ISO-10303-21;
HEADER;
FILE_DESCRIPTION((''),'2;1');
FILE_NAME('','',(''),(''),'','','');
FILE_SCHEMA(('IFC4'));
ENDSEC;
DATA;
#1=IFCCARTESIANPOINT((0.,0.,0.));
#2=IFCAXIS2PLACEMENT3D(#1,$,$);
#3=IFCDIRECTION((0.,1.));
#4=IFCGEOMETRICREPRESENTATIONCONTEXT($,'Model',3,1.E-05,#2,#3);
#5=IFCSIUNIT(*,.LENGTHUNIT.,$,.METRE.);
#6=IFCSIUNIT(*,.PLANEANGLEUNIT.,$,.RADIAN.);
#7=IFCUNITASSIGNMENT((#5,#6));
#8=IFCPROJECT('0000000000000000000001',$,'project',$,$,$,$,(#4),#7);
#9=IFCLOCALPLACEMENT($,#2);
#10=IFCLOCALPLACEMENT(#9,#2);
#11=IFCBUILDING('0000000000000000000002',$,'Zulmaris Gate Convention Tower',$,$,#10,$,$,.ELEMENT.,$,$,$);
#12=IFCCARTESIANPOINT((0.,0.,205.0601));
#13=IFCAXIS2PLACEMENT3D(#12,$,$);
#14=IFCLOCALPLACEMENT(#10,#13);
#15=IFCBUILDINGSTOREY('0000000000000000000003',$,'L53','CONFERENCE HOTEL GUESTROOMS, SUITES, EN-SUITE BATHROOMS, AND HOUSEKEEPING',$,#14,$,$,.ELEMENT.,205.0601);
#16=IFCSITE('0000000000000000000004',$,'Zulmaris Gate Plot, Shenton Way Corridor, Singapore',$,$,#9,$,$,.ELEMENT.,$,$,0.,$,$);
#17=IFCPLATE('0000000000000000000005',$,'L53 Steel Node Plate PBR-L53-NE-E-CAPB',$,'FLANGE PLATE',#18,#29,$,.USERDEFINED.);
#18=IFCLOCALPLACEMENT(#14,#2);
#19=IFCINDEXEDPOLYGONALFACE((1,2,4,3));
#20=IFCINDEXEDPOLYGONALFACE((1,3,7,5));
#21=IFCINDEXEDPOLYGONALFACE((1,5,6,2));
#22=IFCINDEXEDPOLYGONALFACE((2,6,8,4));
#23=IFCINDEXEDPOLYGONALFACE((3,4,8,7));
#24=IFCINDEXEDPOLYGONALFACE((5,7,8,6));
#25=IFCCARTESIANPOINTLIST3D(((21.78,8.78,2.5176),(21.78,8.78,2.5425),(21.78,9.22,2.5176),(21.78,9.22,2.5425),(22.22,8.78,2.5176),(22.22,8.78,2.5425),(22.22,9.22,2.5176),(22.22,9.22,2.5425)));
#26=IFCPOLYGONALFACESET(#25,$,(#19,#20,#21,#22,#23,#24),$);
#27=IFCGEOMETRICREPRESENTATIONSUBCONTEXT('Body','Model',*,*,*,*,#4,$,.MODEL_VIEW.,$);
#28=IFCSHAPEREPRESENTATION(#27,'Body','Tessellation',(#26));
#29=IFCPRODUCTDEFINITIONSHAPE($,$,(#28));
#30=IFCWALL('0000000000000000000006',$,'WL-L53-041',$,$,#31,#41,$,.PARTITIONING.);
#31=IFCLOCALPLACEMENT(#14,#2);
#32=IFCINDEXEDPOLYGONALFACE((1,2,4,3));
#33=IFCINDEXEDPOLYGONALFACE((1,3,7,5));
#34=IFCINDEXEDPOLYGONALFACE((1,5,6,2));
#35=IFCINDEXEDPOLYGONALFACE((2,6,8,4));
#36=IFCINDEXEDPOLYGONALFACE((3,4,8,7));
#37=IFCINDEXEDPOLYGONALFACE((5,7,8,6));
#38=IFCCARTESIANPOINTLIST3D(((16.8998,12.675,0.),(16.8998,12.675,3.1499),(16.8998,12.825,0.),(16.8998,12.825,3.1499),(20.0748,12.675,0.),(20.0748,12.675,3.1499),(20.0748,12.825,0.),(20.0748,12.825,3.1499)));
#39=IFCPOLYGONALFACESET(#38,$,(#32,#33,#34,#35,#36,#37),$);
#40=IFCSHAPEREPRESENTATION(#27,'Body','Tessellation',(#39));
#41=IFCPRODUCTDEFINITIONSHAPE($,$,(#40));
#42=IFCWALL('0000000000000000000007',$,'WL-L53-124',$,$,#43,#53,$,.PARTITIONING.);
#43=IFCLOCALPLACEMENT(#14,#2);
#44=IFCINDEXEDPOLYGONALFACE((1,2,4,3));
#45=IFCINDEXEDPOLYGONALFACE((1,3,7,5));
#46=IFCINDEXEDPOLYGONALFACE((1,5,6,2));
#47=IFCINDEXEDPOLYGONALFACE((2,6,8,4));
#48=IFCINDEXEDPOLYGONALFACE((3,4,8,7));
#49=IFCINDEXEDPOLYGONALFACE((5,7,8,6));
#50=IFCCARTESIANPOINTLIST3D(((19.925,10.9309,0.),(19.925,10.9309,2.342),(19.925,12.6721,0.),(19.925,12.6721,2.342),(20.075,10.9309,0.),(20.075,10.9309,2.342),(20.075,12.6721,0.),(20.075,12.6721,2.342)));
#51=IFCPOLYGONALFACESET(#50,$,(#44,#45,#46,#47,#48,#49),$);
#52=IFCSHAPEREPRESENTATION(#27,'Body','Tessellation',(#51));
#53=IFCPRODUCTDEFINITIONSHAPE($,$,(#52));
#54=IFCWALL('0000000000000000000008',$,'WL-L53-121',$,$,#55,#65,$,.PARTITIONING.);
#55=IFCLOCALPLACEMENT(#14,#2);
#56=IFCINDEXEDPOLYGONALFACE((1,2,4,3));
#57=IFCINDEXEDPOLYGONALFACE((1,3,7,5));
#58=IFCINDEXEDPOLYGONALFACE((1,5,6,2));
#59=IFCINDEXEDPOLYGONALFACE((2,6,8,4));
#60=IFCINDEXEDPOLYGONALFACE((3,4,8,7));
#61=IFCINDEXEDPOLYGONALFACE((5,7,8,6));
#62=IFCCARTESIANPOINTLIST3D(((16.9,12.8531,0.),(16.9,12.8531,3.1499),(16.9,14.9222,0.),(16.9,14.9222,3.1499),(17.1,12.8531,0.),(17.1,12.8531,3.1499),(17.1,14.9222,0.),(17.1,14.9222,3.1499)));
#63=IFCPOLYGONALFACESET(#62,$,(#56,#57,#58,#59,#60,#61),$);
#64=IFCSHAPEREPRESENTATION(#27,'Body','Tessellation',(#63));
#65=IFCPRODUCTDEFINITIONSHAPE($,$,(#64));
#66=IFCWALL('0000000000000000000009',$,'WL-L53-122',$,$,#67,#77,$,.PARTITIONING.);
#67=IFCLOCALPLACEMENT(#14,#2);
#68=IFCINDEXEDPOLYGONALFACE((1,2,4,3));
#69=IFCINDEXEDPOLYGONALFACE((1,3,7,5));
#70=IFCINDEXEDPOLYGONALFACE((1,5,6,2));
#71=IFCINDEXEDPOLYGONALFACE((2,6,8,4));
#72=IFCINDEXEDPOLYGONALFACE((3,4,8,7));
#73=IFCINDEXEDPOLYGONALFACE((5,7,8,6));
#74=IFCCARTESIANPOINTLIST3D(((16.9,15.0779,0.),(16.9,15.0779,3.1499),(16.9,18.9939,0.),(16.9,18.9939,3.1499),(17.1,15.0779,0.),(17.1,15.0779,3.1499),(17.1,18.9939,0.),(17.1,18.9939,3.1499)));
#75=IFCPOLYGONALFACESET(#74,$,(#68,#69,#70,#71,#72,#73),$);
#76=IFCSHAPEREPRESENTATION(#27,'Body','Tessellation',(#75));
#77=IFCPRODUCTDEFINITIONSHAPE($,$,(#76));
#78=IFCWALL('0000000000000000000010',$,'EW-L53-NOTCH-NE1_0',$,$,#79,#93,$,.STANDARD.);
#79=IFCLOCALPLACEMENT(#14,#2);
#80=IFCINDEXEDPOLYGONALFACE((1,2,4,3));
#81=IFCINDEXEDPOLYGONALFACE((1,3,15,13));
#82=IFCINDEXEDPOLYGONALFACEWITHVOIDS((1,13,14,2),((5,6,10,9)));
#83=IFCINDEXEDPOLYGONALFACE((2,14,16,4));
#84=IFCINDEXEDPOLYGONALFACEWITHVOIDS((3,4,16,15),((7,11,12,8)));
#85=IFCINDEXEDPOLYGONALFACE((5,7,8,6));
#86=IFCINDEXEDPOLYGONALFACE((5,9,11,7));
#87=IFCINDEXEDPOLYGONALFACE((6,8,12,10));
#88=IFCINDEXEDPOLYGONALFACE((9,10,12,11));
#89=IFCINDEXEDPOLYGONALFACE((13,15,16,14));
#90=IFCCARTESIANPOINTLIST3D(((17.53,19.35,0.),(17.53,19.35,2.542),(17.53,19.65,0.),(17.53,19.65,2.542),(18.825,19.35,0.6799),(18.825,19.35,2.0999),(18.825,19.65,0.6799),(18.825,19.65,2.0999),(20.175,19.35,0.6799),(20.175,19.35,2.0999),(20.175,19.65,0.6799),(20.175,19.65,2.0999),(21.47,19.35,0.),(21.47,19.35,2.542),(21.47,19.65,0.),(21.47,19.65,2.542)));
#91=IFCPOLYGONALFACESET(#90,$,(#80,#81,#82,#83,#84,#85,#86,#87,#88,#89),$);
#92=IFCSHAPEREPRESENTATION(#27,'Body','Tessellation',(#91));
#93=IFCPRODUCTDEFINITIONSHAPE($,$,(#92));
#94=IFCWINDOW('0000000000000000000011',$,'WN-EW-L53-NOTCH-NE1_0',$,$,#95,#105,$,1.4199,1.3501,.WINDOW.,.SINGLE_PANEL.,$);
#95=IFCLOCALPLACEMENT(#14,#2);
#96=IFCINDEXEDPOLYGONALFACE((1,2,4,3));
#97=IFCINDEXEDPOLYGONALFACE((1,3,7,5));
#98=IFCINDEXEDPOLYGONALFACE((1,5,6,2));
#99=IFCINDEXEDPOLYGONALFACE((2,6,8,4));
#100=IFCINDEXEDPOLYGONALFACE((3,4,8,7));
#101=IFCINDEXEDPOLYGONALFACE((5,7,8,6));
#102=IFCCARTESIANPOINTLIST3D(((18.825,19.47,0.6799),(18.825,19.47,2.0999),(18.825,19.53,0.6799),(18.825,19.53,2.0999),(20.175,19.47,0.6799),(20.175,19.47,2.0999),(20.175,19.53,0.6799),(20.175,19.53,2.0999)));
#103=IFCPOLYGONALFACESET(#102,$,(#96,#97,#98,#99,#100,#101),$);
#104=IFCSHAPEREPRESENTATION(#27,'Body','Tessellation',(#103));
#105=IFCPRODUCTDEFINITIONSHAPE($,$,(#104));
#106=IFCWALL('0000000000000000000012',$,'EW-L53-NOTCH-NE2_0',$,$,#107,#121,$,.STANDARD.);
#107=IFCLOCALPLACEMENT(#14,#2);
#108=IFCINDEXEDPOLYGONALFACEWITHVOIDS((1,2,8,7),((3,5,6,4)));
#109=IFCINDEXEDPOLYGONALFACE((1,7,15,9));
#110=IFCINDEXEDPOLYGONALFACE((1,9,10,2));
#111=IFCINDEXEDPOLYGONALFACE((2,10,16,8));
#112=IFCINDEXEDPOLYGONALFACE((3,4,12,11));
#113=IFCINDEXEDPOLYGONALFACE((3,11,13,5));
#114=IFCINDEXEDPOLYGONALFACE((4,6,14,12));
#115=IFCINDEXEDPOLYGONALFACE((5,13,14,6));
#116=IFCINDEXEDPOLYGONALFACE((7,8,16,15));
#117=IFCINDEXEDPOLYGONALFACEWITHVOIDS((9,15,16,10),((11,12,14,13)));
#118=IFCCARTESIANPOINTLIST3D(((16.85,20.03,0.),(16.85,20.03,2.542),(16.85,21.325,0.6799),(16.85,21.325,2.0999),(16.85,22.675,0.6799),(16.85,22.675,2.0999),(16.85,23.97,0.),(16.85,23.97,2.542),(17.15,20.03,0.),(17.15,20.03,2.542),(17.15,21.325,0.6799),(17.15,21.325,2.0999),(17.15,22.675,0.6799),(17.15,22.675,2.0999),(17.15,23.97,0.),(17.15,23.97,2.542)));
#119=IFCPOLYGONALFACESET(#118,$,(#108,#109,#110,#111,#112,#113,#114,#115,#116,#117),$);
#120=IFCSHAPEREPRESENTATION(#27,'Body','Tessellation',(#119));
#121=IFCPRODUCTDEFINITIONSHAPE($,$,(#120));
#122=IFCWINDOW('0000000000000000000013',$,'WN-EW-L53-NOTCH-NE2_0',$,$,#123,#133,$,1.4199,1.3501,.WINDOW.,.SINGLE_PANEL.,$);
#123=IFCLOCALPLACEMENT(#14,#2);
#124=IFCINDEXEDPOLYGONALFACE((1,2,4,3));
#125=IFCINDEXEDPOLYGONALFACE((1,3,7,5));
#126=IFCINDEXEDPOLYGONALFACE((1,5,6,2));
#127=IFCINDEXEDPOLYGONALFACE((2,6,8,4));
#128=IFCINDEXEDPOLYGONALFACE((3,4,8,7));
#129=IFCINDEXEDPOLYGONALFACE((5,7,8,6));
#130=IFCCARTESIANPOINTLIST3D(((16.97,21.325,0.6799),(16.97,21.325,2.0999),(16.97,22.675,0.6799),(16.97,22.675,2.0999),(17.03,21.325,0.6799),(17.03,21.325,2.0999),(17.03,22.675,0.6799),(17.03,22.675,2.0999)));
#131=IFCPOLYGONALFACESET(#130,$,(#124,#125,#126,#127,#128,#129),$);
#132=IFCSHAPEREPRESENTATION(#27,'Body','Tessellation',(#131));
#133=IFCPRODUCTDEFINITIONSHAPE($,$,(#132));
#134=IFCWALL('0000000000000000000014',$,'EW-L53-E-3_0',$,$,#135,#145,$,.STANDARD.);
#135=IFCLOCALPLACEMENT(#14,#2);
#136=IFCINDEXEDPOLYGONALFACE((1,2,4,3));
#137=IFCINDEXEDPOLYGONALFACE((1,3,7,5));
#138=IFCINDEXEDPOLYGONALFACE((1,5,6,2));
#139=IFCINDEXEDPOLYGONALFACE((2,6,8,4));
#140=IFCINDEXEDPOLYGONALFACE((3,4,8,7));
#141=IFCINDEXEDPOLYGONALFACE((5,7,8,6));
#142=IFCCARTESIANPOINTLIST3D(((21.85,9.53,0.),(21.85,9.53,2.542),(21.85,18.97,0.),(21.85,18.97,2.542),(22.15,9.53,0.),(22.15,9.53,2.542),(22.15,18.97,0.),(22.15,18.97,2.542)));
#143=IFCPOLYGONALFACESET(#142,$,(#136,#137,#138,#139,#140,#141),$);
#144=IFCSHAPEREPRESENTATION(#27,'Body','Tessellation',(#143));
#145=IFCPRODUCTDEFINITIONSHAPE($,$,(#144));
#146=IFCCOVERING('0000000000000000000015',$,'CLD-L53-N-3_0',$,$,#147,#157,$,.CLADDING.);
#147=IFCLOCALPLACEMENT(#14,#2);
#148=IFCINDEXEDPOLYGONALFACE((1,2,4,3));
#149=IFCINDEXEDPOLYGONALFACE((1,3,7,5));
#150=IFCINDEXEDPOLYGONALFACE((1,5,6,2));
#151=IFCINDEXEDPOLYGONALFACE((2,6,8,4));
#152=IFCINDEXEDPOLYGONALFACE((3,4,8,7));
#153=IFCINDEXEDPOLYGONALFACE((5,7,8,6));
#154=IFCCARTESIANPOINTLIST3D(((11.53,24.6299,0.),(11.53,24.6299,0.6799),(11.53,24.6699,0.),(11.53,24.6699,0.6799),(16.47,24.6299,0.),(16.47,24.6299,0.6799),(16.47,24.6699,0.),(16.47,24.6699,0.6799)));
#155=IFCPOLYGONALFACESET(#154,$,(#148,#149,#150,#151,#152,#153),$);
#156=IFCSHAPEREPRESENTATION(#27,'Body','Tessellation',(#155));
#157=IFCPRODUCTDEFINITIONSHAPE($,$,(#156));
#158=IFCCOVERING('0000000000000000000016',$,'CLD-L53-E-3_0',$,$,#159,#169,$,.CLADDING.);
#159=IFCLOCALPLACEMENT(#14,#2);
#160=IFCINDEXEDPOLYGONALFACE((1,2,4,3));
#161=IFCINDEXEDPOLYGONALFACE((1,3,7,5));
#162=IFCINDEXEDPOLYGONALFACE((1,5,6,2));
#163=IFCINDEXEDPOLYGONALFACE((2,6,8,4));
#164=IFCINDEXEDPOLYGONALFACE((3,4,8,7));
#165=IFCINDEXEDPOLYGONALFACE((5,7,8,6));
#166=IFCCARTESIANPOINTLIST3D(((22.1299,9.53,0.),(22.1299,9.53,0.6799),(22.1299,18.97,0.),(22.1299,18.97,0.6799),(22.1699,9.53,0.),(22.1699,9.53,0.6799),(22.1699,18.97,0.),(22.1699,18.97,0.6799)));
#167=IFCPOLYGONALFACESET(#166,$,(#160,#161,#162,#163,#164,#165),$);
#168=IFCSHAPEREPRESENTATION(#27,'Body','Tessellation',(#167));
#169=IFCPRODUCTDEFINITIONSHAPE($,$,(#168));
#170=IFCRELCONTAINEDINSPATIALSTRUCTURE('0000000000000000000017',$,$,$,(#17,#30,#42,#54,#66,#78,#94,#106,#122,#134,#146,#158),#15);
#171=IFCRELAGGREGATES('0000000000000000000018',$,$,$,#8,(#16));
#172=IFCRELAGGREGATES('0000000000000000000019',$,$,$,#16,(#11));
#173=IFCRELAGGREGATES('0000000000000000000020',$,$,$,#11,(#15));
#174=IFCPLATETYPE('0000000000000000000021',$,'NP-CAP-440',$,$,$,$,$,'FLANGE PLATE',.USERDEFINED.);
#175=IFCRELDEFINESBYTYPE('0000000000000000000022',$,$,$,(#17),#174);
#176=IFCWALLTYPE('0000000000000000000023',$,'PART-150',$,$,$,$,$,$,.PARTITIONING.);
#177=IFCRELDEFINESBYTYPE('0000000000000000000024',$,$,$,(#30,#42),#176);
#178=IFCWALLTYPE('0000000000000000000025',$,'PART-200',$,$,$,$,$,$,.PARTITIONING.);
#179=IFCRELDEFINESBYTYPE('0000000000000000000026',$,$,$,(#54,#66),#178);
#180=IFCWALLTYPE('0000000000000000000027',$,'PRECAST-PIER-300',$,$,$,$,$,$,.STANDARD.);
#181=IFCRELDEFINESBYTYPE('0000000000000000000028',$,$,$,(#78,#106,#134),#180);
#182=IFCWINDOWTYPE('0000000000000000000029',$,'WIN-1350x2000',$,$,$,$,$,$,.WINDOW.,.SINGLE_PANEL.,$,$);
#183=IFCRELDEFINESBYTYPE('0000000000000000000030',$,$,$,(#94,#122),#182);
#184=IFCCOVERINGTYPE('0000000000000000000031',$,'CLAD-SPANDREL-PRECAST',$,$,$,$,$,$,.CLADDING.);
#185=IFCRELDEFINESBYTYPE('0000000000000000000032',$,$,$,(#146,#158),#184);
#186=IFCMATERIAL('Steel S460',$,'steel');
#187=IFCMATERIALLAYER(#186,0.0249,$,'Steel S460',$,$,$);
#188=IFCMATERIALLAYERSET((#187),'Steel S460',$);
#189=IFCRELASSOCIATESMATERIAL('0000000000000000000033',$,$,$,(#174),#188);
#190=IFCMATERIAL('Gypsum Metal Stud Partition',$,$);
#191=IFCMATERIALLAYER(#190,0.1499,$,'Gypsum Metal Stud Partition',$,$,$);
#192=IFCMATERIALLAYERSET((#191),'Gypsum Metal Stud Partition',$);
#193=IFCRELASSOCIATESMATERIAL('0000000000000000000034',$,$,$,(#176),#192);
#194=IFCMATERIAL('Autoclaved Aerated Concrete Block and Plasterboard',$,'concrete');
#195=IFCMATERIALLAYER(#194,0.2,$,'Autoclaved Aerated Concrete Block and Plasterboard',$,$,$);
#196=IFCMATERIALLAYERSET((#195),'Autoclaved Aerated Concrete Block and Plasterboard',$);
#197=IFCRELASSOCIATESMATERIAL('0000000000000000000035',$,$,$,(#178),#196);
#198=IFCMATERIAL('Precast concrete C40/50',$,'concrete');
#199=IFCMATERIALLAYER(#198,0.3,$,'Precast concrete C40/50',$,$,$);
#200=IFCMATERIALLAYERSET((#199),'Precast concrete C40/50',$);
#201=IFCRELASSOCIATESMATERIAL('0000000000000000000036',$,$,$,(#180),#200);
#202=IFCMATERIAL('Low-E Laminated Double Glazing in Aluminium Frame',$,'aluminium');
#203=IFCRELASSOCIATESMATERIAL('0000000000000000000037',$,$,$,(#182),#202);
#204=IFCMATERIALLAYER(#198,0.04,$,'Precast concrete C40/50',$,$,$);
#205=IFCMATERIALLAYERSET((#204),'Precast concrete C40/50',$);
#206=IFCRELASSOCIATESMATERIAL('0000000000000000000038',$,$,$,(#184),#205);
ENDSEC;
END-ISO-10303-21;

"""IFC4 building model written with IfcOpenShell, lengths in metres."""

from ifc_helpers import new_model, si_unit, direction, frame, frame_2d, origin, origin_2d, place, context, subcontext, project, spatial, rectangle, extrude, material, layer, layer_set, type_object, element, fill, save


model = new_model("IFC4")

# Units and contexts
model_context = context("Model", 3, precision=1e-05, world=origin(), true_north=direction((0.0, 1.0)))
body_context = subcontext(model_context, "Body", "Model", "MODEL_VIEW")
ifc_project = project(units=[si_unit("LENGTHUNIT", "METRE"), si_unit("PLANEANGLEUNIT", "RADIAN")], contexts=[model_context])

# Site, building, storey
site_placement = place(None, origin())
site = spatial("IfcSite", under=ifc_project, at=site_placement, Name="Zulmaris Gate Plot, Shenton Way Corridor, Singapore", CompositionType="ELEMENT", RefElevation=0.0)
building_placement = place(site_placement, origin())
building = spatial("IfcBuilding", under=site, at=building_placement, Name="Zulmaris Gate Convention Tower", CompositionType="ELEMENT")
storey_placement = place(building_placement, frame((0.0, 0.0, 205.0601)))
storey = spatial("IfcBuildingStorey", under=building, at=storey_placement, Name="L53", Description="CONFERENCE HOTEL GUESTROOMS, SUITES, EN-SUITE BATHROOMS, AND HOUSEKEEPING", CompositionType="ELEMENT", Elevation=205.0601)

# Plate
ifc_material_1 = material(Name="Steel S460", Category="steel")
ifc_layer_1 = layer(ifc_material_1, 0.0249, Name="Steel S460")
ifc_layer_set_1 = layer_set([ifc_layer_1], Name="Steel S460")
plate_type = type_object("IfcPlateType", Name="NP-CAP-440", ElementType="FLANGE PLATE", PredefinedType="USERDEFINED", material=ifc_layer_set_1)
for number, where, z_axis, x_axis, name in (
    (1, (22.0, 9.0, 2.5176), (0.0, 0.0, 1.0), (1.0, 0.0, 0.0), "L53 Steel Node Plate PBR-L53-NE-E-CAPB"),
):
    element("IfcPlate", number, at=place(storey_placement, frame(where, z_axis=z_axis, x_axis=x_axis)), inside=storey, type_object=plate_type, Name=name, ObjectType="FLANGE PLATE", PredefinedType="USERDEFINED", context=body_context, shape_type="SweptSolid", body=[
        extrude(rectangle(XDim=0.4399, YDim=0.4399, at=origin_2d()), origin(), (0.0, 0.0, 1.0), 0.0249),
    ])

# Walls
ifc_material_2 = material(Name="Gypsum Metal Stud Partition")
ifc_layer_2 = layer(ifc_material_2, 0.1499, Name="Gypsum Metal Stud Partition")
ifc_layer_set_2 = layer_set([ifc_layer_2], Name="Gypsum Metal Stud Partition")
wall_type_1 = type_object("IfcWallType", Name="PART-150", PredefinedType="PARTITIONING", material=ifc_layer_set_2)
wall_1_placement = place(storey_placement, frame((16.8999, 12.75, 0.0), z_axis=(0.0, 0.0, 1.0), x_axis=(1.0, 0.0, 0.0)))
element("IfcWall", 2, at=wall_1_placement, inside=storey, type_object=wall_type_1, Name="WL-L53-041", PredefinedType="PARTITIONING", context=body_context, shape_type="SweptSolid", body=[
    extrude(rectangle(XDim=3.175, YDim=0.1499, at=frame_2d((1.5874, 0.0))), origin(), (0.0, 0.0, 1.0), 3.1499),
])
wall_2_placement = place(storey_placement, frame((20.0, 10.9309, 0.0), z_axis=(0.0, 0.0, 1.0), x_axis=(0.0, 1.0, 0.0)))
element("IfcWall", 3, at=wall_2_placement, inside=storey, type_object=wall_type_1, Name="WL-L53-124", PredefinedType="PARTITIONING", context=body_context, shape_type="SweptSolid", body=[
    extrude(rectangle(XDim=1.7412, YDim=0.1499, at=frame_2d((0.8706, 0.0))), origin(), (0.0, 0.0, 1.0), 2.342),
])
ifc_material_3 = material(Name="Autoclaved Aerated Concrete Block and Plasterboard", Category="concrete")
ifc_layer_3 = layer(ifc_material_3, 0.2, Name="Autoclaved Aerated Concrete Block and Plasterboard")
ifc_layer_set_3 = layer_set([ifc_layer_3], Name="Autoclaved Aerated Concrete Block and Plasterboard")
wall_type_2 = type_object("IfcWallType", Name="PART-200", PredefinedType="PARTITIONING", material=ifc_layer_set_3)
wall_3_placement = place(storey_placement, frame((17.0, 12.853, 0.0), z_axis=(0.0, 0.0, 1.0), x_axis=(0.0, 1.0, 0.0)))
element("IfcWall", 4, at=wall_3_placement, inside=storey, type_object=wall_type_2, Name="WL-L53-121", PredefinedType="PARTITIONING", context=body_context, shape_type="SweptSolid", body=[
    extrude(rectangle(XDim=2.0691, YDim=0.2, at=frame_2d((1.0347, 0.0))), origin(), (0.0, 0.0, 1.0), 3.1499),
])
wall_4_placement = place(storey_placement, frame((17.0, 15.0779, 0.0), z_axis=(0.0, 0.0, 1.0), x_axis=(0.0, 1.0, 0.0)))
element("IfcWall", 5, at=wall_4_placement, inside=storey, type_object=wall_type_2, Name="WL-L53-122", PredefinedType="PARTITIONING", context=body_context, shape_type="SweptSolid", body=[
    extrude(rectangle(XDim=3.916, YDim=0.2, at=frame_2d((1.958, 0.0))), origin(), (0.0, 0.0, 1.0), 3.1499),
])

# Walls, openings, windows
ifc_material_4 = material(Name="Precast concrete C40/50", Category="concrete")
ifc_layer_4 = layer(ifc_material_4, 0.3, Name="Precast concrete C40/50")
ifc_layer_set_4 = layer_set([ifc_layer_4], Name="Precast concrete C40/50")
wall_type_3 = type_object("IfcWallType", Name="PRECAST-PIER-300", PredefinedType="STANDARD", material=ifc_layer_set_4)
wall_5_placement = place(storey_placement, frame((21.47, 19.5, 0.0), z_axis=(0.0, 0.0, 1.0), x_axis=(-1.0, 0.0, 0.0)))
wall_5 = element("IfcWall", 6, at=wall_5_placement, inside=storey, type_object=wall_type_3, Name="EW-L53-NOTCH-NE1_0", PredefinedType="STANDARD", context=body_context, shape_type="SweptSolid", body=[
    extrude(rectangle(XDim=3.9399, YDim=0.3, at=frame_2d((1.97, 0.0))), origin(), (0.0, 0.0, 1.0), 2.542),
])
opening_1_placement = place(wall_5_placement, frame((1.2949, 0.0, 0.6799)))
opening_1 = element("IfcOpeningElement", 7, at=opening_1_placement, cuts=wall_5, PredefinedType="OPENING", context=body_context, shape_type="SweptSolid", body=[
    extrude(rectangle(XDim=1.3501, YDim=1.4199, at=frame_2d((0.675, 0.71))), frame((0.0, 0.1602, 0.0), z_axis=(0.0, -1.0, 0.0), x_axis=(1.0, 0.0, 0.0)), (0.0, 0.0, 1.0), 0.3201),
])
ifc_material_5 = material(Name="Low-E Laminated Double Glazing in Aluminium Frame", Category="aluminium")
window_type = type_object("IfcWindowType", Name="WIN-1350x2000", PartitioningType="SINGLE_PANEL", PredefinedType="WINDOW", material=ifc_material_5)
window_1_placement = place(opening_1_placement, origin())
window_1 = element("IfcWindow", 8, at=window_1_placement, inside=storey, type_object=window_type, Name="WN-EW-L53-NOTCH-NE1_0", OverallHeight=1.4199, OverallWidth=1.3501, PartitioningType="SINGLE_PANEL", PredefinedType="WINDOW", context=body_context, shape_type="SweptSolid", body=[
    extrude(rectangle(XDim=1.3501, YDim=1.4199, at=frame_2d((0.675, 0.71))), frame((0.0, 0.03, 0.0), z_axis=(0.0, -1.0, 0.0), x_axis=(1.0, 0.0, 0.0)), (0.0, 0.0, 1.0), 0.0601),
])
fill(opening_1, window_1)
wall_6_placement = place(storey_placement, frame((17.0, 20.03, 0.0), z_axis=(0.0, 0.0, 1.0), x_axis=(0.0, 1.0, 0.0)))
wall_6 = element("IfcWall", 9, at=wall_6_placement, inside=storey, type_object=wall_type_3, Name="EW-L53-NOTCH-NE2_0", PredefinedType="STANDARD", context=body_context, shape_type="SweptSolid", body=[
    extrude(rectangle(XDim=3.9399, YDim=0.3, at=frame_2d((1.97, 0.0))), origin(), (0.0, 0.0, 1.0), 2.542),
])
opening_2_placement = place(wall_6_placement, frame((1.2949, 0.0, 0.6799)))
opening_2 = element("IfcOpeningElement", 10, at=opening_2_placement, cuts=wall_6, PredefinedType="OPENING", context=body_context, shape_type="SweptSolid", body=[
    extrude(rectangle(XDim=1.3501, YDim=1.4199, at=frame_2d((0.675, 0.71))), frame((0.0, 0.1602, 0.0), z_axis=(0.0, -1.0, 0.0), x_axis=(1.0, 0.0, 0.0)), (0.0, 0.0, 1.0), 0.3201),
])
window_2_placement = place(opening_2_placement, origin())
window_2 = element("IfcWindow", 11, at=window_2_placement, inside=storey, type_object=window_type, Name="WN-EW-L53-NOTCH-NE2_0", OverallHeight=1.4199, OverallWidth=1.3501, PartitioningType="SINGLE_PANEL", PredefinedType="WINDOW", context=body_context, shape_type="SweptSolid", body=[
    extrude(rectangle(XDim=1.3501, YDim=1.4199, at=frame_2d((0.675, 0.71))), frame((0.0, 0.03, 0.0), z_axis=(0.0, -1.0, 0.0), x_axis=(1.0, 0.0, 0.0)), (0.0, 0.0, 1.0), 0.0601),
])
fill(opening_2, window_2)

# Wall
wall_7_placement = place(storey_placement, frame((22.0, 9.53, 0.0), z_axis=(0.0, 0.0, 1.0), x_axis=(0.0, 1.0, 0.0)))
element("IfcWall", 12, at=wall_7_placement, inside=storey, type_object=wall_type_3, Name="EW-L53-E-3_0", PredefinedType="STANDARD", context=body_context, shape_type="SweptSolid", body=[
    extrude(rectangle(XDim=9.4399, YDim=0.3, at=frame_2d((4.72, 0.0))), origin(), (0.0, 0.0, 1.0), 2.542),
])

# Coverings
ifc_layer_5 = layer(ifc_material_4, 0.04, Name="Precast concrete C40/50")
ifc_layer_set_5 = layer_set([ifc_layer_5], Name="Precast concrete C40/50")
covering_type_1 = type_object("IfcCoveringType", Name="CLAD-SPANDREL-PRECAST", PredefinedType="CLADDING", material=ifc_layer_set_5)
covering_1_placement = place(storey_placement, frame((16.47, 24.6499, 0.0), z_axis=(0.0, 0.0, 1.0), x_axis=(-1.0, 0.0, 0.0)))
element("IfcCovering", 13, at=covering_1_placement, inside=storey, type_object=covering_type_1, Name="CLD-L53-N-3_0", PredefinedType="CLADDING", context=body_context, shape_type="SweptSolid", body=[
    extrude(rectangle(XDim=4.9399, YDim=0.04, at=frame_2d((2.47, 0.0))), origin(), (0.0, 0.0, 1.0), 0.6799),
])
covering_2_placement = place(storey_placement, frame((22.1499, 9.53, 0.0), z_axis=(0.0, 0.0, 1.0), x_axis=(0.0, 1.0, 0.0)))
element("IfcCovering", 14, at=covering_2_placement, inside=storey, type_object=covering_type_1, Name="CLD-L53-E-3_0", PredefinedType="CLADDING", context=body_context, shape_type="SweptSolid", body=[
    extrude(rectangle(XDim=9.4399, YDim=0.04, at=frame_2d((4.72, 0.0))), origin(), (0.0, 0.0, 1.0), 0.6799),
])

save(model, "model.ifc")
